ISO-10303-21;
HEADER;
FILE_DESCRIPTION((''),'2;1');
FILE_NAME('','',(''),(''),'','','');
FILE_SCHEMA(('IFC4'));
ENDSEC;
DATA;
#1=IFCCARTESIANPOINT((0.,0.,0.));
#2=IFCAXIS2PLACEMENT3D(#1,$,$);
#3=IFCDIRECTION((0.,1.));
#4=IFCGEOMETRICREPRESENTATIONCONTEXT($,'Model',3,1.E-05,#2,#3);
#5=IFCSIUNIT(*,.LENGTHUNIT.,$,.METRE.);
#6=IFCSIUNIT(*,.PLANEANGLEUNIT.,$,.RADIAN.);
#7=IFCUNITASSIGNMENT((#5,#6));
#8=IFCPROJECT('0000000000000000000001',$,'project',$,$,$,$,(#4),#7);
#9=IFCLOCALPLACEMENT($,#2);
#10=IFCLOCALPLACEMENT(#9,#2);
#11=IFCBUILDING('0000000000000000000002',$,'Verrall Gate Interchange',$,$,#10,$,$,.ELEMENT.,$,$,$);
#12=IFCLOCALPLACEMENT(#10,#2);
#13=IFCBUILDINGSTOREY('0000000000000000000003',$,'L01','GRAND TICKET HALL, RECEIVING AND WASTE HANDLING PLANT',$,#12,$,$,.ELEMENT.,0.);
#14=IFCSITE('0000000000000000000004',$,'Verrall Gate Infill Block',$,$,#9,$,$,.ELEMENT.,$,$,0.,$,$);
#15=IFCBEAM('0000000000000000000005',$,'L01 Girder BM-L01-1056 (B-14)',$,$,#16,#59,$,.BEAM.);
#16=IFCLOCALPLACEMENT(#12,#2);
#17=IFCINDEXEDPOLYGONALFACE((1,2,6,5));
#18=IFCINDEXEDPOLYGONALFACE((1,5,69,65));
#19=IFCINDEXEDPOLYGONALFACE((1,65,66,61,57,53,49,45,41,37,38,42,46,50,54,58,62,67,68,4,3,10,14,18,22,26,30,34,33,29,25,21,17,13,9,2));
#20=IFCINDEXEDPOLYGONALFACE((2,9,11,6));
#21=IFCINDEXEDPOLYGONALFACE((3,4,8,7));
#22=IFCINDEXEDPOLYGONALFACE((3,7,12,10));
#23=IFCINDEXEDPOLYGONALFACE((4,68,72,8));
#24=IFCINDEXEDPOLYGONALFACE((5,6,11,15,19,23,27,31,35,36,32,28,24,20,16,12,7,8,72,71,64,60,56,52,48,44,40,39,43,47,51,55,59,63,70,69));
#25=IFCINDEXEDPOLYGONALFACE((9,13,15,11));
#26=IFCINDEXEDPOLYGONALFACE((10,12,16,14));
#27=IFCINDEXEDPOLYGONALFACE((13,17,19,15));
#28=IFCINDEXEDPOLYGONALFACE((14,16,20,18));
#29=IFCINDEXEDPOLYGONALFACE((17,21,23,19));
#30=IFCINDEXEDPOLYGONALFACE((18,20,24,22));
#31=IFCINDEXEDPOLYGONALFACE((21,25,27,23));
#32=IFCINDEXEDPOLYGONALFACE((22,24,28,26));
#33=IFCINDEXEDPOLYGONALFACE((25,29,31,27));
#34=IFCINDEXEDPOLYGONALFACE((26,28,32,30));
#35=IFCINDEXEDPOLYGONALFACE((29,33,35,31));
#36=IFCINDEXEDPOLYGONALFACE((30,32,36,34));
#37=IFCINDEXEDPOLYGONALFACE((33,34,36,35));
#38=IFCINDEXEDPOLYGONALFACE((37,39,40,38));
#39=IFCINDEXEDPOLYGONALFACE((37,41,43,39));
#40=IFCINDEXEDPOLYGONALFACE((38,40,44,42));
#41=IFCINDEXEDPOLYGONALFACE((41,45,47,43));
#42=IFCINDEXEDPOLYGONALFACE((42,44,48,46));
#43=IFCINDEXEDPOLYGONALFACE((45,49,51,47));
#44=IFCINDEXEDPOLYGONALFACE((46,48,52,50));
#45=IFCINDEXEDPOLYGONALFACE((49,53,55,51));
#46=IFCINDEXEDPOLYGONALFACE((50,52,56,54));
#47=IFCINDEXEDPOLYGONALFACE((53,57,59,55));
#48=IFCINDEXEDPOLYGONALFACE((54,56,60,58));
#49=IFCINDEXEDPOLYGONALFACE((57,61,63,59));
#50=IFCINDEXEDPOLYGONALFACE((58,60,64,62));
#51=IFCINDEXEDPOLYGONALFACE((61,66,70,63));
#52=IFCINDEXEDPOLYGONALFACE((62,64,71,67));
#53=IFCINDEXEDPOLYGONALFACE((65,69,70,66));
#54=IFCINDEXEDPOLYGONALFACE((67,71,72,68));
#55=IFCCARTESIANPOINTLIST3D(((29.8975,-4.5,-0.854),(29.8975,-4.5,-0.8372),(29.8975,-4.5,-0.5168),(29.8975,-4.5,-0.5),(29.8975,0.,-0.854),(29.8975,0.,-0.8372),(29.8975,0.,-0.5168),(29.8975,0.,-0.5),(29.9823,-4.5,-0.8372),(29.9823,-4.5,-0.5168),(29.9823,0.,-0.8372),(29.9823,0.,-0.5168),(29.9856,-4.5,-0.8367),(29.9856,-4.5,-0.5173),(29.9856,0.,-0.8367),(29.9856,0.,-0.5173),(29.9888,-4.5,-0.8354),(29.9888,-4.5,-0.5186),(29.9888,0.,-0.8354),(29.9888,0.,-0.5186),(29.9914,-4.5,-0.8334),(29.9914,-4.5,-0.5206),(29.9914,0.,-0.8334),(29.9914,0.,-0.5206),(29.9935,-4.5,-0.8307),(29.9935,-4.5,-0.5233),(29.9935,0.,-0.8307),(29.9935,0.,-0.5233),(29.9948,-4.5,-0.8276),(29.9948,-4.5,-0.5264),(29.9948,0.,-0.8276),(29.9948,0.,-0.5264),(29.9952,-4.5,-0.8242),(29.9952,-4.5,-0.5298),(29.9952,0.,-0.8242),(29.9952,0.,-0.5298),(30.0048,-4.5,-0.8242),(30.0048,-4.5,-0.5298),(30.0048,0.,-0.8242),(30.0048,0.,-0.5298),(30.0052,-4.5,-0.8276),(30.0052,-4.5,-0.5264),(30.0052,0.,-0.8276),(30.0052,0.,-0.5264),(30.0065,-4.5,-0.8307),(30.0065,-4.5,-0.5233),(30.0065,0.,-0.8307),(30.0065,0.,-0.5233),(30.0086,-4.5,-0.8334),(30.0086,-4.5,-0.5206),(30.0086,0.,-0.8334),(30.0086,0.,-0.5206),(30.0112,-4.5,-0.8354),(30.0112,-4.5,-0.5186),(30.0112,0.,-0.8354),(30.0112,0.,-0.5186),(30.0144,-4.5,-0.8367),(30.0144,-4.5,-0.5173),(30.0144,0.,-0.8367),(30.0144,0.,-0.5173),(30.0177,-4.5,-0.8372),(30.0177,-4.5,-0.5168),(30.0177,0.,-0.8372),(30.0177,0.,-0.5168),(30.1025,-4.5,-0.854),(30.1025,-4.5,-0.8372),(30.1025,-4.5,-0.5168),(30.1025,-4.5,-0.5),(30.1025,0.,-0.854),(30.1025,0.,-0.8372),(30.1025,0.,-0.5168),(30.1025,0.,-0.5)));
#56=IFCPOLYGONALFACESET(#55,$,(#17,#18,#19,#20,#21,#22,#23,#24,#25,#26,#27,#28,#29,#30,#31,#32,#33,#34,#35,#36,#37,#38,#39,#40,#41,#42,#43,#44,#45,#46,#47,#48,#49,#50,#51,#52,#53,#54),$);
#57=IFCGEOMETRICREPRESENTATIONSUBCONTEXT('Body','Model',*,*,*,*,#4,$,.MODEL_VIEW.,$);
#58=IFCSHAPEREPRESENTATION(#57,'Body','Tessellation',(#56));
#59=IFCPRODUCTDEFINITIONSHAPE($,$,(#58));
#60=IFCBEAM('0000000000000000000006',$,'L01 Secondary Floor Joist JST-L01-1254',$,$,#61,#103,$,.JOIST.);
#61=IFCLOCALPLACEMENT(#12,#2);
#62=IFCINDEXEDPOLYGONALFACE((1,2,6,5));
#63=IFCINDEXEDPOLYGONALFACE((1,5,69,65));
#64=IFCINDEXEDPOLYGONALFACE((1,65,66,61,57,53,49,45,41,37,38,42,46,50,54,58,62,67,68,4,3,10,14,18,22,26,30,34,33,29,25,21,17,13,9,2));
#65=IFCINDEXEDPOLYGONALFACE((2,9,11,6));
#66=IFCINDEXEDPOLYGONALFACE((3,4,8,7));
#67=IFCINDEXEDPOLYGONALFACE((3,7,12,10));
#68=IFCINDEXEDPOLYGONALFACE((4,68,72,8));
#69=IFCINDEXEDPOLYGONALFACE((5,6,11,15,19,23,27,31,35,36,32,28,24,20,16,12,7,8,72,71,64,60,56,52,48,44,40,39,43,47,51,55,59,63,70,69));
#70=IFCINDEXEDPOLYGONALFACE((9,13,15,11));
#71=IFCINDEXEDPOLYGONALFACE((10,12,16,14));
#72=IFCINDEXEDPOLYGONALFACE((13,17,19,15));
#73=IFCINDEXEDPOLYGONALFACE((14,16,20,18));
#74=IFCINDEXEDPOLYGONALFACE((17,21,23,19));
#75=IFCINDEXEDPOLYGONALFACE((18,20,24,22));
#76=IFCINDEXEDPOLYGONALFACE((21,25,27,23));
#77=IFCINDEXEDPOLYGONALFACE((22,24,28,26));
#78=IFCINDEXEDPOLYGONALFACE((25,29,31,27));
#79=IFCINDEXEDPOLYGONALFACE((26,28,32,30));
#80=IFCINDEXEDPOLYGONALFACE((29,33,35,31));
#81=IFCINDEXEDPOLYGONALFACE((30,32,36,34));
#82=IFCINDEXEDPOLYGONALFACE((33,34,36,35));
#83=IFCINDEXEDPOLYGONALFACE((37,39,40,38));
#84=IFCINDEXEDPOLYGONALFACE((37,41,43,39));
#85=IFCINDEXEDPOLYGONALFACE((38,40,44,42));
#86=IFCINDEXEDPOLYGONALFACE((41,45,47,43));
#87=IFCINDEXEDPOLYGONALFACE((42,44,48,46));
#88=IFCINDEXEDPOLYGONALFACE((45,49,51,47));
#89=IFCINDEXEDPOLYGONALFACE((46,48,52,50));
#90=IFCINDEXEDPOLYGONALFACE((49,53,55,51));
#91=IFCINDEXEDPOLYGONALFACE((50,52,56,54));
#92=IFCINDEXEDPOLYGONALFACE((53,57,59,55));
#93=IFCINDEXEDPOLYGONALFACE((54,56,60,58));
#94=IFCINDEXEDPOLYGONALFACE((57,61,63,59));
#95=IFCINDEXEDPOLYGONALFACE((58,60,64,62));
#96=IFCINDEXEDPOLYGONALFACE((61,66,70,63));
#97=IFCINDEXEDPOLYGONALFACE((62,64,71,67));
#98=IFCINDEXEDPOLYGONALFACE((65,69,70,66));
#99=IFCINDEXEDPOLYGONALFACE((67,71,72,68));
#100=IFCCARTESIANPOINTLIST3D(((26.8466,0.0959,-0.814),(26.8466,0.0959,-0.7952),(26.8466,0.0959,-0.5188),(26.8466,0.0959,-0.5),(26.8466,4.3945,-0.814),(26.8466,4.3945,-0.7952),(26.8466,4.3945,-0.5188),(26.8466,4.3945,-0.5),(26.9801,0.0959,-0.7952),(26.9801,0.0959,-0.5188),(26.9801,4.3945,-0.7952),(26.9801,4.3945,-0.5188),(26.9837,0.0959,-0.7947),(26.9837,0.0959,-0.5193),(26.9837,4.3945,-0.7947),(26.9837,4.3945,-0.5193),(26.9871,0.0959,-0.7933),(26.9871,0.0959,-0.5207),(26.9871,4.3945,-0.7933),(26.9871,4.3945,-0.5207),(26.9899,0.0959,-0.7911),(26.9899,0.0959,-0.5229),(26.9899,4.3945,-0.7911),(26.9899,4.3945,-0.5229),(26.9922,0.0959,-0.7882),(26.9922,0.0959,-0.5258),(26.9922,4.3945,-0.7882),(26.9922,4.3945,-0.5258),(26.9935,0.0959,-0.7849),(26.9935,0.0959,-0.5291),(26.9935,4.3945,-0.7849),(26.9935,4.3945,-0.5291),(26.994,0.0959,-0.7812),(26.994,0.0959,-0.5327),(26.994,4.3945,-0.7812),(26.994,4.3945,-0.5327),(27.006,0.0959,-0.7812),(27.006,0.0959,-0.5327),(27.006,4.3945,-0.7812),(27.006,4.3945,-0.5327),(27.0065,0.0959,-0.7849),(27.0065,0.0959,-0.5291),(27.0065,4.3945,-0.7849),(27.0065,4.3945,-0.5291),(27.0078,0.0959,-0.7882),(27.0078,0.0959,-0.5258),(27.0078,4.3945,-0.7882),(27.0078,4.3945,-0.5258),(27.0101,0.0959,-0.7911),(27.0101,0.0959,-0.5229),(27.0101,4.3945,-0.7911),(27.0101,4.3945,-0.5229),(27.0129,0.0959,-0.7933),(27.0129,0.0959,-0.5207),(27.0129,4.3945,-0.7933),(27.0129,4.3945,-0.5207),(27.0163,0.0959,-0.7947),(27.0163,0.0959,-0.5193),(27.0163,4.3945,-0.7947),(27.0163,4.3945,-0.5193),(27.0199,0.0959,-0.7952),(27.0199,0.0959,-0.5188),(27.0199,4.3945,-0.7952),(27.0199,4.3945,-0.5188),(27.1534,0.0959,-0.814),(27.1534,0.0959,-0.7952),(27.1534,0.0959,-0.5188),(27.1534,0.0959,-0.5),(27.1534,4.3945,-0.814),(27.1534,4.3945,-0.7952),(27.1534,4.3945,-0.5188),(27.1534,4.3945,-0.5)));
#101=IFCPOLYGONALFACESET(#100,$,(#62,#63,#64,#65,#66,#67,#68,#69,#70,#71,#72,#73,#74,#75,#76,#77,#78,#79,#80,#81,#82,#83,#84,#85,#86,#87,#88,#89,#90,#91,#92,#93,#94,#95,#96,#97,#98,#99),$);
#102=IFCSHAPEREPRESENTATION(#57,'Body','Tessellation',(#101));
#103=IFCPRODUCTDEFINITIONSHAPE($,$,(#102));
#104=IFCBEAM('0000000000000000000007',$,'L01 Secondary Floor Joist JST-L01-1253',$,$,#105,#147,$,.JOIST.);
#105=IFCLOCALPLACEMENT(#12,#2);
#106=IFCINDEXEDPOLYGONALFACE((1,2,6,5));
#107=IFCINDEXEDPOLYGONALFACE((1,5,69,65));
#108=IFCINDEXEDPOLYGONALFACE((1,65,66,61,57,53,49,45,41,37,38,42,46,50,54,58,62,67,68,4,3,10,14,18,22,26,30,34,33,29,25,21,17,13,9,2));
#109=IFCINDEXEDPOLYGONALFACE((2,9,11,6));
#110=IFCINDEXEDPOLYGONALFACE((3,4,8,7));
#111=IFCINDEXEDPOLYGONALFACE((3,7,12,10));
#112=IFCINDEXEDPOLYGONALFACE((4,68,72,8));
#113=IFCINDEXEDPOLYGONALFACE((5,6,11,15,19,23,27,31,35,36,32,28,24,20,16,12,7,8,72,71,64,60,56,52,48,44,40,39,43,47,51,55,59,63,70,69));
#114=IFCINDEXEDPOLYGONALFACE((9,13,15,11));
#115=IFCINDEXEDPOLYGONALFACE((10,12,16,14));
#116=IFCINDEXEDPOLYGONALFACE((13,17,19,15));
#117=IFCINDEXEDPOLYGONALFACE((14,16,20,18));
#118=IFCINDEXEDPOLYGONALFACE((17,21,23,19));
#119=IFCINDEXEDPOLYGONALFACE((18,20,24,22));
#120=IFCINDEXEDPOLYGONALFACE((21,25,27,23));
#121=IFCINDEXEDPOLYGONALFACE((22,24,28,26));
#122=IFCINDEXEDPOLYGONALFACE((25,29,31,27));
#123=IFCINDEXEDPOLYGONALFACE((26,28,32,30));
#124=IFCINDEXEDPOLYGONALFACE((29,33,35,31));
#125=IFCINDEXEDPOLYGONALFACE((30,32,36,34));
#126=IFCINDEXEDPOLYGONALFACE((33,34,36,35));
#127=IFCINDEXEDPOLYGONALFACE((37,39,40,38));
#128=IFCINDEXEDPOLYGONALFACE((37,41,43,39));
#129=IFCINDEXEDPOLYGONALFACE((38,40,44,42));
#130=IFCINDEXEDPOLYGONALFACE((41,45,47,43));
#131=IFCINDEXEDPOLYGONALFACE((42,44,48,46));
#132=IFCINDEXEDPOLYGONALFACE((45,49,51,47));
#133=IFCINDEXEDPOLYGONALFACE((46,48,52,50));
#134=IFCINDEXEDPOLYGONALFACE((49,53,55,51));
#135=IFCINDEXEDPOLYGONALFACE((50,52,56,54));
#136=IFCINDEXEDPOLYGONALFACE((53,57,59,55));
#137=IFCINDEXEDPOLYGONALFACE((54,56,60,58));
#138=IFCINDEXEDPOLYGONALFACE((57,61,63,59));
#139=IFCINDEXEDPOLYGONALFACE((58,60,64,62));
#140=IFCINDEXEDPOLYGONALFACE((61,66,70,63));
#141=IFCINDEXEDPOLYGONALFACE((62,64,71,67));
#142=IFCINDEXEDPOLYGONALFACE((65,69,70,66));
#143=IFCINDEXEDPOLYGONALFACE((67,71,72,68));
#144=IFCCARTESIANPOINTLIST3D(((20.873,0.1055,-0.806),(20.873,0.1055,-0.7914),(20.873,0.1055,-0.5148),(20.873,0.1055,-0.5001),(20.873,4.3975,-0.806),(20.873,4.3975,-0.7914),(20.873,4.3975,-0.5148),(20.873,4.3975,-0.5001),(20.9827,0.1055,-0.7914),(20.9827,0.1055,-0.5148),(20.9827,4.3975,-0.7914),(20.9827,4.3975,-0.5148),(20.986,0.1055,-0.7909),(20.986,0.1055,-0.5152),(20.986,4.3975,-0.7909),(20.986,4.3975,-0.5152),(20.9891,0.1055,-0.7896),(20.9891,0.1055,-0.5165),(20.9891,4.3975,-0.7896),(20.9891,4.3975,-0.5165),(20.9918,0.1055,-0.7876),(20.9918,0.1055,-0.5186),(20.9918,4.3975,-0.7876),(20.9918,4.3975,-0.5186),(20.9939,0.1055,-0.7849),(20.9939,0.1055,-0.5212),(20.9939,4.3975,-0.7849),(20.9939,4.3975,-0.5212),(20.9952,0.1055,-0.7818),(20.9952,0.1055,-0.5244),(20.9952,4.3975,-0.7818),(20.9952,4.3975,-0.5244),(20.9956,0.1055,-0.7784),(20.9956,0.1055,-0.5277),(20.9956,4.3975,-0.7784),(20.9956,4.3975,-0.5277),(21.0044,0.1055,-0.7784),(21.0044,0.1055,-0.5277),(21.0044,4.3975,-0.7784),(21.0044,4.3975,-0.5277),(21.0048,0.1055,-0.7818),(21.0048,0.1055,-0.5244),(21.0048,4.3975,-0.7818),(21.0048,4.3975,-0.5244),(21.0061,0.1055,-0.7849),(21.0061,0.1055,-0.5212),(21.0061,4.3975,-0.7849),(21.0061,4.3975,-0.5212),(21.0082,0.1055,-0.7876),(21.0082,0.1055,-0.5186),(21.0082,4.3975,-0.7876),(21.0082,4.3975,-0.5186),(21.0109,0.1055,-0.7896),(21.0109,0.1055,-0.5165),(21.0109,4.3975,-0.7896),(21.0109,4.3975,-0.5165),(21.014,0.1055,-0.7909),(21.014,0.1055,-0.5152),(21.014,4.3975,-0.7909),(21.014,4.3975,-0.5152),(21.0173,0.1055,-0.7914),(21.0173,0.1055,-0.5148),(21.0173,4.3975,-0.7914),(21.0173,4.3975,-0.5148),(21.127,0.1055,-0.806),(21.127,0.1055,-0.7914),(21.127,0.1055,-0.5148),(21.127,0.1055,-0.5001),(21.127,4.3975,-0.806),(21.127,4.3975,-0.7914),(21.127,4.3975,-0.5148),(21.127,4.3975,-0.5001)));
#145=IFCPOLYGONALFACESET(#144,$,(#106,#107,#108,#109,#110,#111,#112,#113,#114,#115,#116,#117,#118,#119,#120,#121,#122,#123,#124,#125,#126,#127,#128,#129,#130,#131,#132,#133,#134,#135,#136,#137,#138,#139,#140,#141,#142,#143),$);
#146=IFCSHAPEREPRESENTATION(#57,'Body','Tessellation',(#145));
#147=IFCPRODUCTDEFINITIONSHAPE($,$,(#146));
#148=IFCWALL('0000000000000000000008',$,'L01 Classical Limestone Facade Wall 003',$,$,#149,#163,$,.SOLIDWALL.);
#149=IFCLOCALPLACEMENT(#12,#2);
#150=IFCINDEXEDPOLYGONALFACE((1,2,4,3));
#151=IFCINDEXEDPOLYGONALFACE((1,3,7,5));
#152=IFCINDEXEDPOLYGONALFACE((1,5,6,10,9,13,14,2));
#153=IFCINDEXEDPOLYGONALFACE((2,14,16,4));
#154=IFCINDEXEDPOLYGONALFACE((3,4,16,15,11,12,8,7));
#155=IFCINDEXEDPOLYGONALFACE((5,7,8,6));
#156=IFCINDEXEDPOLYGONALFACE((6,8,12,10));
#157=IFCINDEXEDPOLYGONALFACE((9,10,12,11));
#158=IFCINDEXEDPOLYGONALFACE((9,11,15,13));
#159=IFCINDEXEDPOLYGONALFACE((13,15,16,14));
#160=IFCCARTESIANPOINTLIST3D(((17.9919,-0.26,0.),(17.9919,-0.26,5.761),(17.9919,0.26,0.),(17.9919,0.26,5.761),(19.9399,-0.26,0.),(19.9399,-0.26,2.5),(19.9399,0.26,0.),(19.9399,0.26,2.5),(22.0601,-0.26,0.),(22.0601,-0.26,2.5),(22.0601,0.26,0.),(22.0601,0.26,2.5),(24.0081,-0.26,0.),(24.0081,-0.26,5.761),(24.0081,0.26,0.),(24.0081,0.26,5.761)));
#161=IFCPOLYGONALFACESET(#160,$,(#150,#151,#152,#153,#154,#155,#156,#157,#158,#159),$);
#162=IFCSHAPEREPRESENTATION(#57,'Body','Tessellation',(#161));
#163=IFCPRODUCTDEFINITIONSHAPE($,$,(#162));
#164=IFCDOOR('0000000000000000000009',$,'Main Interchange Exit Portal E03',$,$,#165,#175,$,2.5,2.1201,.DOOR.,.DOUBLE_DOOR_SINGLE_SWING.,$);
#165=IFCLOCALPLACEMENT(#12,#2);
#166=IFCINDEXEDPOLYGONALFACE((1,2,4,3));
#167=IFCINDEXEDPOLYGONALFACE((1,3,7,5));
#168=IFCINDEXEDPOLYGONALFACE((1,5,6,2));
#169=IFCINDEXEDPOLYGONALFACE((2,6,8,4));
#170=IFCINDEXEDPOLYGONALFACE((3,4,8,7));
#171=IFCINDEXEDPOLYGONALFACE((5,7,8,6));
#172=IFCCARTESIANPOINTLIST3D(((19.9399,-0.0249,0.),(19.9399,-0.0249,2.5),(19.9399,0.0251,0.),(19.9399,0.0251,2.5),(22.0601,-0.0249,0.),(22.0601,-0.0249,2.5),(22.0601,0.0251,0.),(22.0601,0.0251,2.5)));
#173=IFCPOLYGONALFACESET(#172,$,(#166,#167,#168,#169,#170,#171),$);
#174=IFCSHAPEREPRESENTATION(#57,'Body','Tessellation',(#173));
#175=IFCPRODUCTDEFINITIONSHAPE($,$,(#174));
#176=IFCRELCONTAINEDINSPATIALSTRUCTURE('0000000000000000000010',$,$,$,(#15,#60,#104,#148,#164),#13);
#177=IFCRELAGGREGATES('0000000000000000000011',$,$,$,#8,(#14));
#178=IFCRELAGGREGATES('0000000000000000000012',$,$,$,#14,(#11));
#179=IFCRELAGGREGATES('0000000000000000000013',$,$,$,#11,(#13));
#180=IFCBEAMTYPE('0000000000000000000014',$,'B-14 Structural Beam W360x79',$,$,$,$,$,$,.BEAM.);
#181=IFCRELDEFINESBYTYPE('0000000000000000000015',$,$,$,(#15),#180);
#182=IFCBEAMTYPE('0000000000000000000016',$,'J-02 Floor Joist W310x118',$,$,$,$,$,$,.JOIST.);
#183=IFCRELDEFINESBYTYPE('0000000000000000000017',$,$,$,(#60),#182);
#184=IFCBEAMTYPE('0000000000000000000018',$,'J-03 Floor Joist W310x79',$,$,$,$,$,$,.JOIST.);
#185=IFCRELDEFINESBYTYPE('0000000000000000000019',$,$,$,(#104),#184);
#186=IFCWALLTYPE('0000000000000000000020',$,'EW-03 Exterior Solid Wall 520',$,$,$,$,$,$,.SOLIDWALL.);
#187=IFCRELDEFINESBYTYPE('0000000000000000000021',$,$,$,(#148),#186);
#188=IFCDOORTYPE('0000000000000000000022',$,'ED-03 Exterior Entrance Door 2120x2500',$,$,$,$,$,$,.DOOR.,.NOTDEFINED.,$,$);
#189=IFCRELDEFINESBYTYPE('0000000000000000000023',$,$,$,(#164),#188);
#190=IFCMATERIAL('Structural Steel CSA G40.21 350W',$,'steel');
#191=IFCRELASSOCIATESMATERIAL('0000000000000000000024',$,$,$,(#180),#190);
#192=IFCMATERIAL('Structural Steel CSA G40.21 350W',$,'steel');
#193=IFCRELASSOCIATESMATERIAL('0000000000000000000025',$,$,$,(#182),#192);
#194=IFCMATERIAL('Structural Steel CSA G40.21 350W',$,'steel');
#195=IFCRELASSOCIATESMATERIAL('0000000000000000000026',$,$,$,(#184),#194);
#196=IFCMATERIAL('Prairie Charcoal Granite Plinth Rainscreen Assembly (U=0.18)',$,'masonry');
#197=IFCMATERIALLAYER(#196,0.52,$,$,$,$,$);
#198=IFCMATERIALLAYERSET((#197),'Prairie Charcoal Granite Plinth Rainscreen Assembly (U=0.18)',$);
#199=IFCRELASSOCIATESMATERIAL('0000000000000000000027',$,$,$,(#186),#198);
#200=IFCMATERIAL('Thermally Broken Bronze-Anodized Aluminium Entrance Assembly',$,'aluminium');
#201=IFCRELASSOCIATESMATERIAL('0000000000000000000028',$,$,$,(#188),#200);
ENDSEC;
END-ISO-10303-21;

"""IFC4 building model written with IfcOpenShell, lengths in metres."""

from ifc_helpers import new_model, si_unit, direction, frame, frame_2d, origin, origin_2d, place, context, subcontext, project, spatial, rectangle, i_section, extrude, material, layer, layer_set, material_profile, profile_set, type_object, element, fill, save


model = new_model("IFC4")

# Units and contexts
model_context = context("Model", 3, precision=1e-05, world=origin(), true_north=direction((0.0, 1.0)))
body_context = subcontext(model_context, "Body", "Model", "MODEL_VIEW")
ifc_project = project(units=[si_unit("LENGTHUNIT", "METRE"), si_unit("PLANEANGLEUNIT", "RADIAN")], contexts=[model_context])

# Site, building, storey
site_placement = place(None, origin())
site = spatial("IfcSite", under=ifc_project, at=site_placement, Name="Verrall Gate Infill Block", CompositionType="ELEMENT", RefElevation=0.0)
building_placement = place(site_placement, origin())
building = spatial("IfcBuilding", under=site, at=building_placement, Name="Verrall Gate Interchange", CompositionType="ELEMENT")
storey_placement = place(building_placement, origin())
storey = spatial("IfcBuildingStorey", under=building, at=storey_placement, Name="L01", Description="GRAND TICKET HALL, RECEIVING AND WASTE HANDLING PLANT", CompositionType="ELEMENT", Elevation=0.0)

# Beams
ifc_material_1 = material(Name="Structural Steel CSA G40.21 350W", Category="steel")
ifc_material_profile_1 = material_profile(ifc_material_1, i_section(OverallWidth=0.2051, OverallDepth=0.354, WebThickness=0.0095, FlangeThickness=0.0168, FilletRadius=0.0129, at=origin_2d()), Name="W360x79")
ifc_profile_set_1 = profile_set([ifc_material_profile_1], Name="Structural Steel CSA G40.21 350W")
beam_type_1 = type_object("IfcBeamType", Name="B-14 Structural Beam W360x79", PredefinedType="BEAM", material=ifc_profile_set_1)
beam_1_placement = place(storey_placement, frame((30.0, -4.5, -0.677), z_axis=(0.0, 1.0, 0.0), x_axis=(-1.0, 0.0, 0.0)))
element("IfcBeam", 1, at=beam_1_placement, inside=storey, type_object=beam_type_1, Name="L01 Girder BM-L01-1056 (B-14)", PredefinedType="BEAM", context=body_context, shape_type="SweptSolid", body=[
    extrude(i_section(OverallWidth=0.2051, OverallDepth=0.354, WebThickness=0.0095, FlangeThickness=0.0168, FilletRadius=0.0129, at=origin_2d()), origin(), (0.0, 0.0, 1.0), 4.5),
])
ifc_material_2 = material(Name="Structural Steel CSA G40.21 350W", Category="steel")
ifc_material_profile_2 = material_profile(ifc_material_2, i_section(OverallWidth=0.3069, OverallDepth=0.314, WebThickness=0.012, FlangeThickness=0.0188, FilletRadius=0.0139, at=origin_2d()), Name="W310x118")
ifc_profile_set_2 = profile_set([ifc_material_profile_2], Name="Structural Steel CSA G40.21 350W")
beam_type_2 = type_object("IfcBeamType", Name="J-02 Floor Joist W310x118", PredefinedType="JOIST", material=ifc_profile_set_2)
beam_2_placement = place(storey_placement, frame((27.0, 0.0959, -0.657), z_axis=(0.0, 1.0, 0.0), x_axis=(-1.0, 0.0, 0.0)))
element("IfcBeam", 2, at=beam_2_placement, inside=storey, type_object=beam_type_2, Name="L01 Secondary Floor Joist JST-L01-1254", PredefinedType="JOIST", context=body_context, shape_type="SweptSolid", body=[
    extrude(i_section(OverallWidth=0.3069, OverallDepth=0.314, WebThickness=0.012, FlangeThickness=0.0188, FilletRadius=0.0139, at=origin_2d()), origin(), (0.0, 0.0, 1.0), 4.2986),
])
ifc_material_3 = material(Name="Structural Steel CSA G40.21 350W", Category="steel")
ifc_material_profile_3 = material_profile(ifc_material_3, i_section(OverallWidth=0.2539, OverallDepth=0.3059, WebThickness=0.0088, FlangeThickness=0.0146, FilletRadius=0.0129, at=origin_2d()), Name="W310x79")
ifc_profile_set_3 = profile_set([ifc_material_profile_3], Name="Structural Steel CSA G40.21 350W")
beam_type_3 = type_object("IfcBeamType", Name="J-03 Floor Joist W310x79", PredefinedType="JOIST", material=ifc_profile_set_3)
beam_3_placement = place(storey_placement, frame((21.0, 0.1055, -0.6531), z_axis=(0.0, 1.0, 0.0), x_axis=(-1.0, 0.0, 0.0)))
element("IfcBeam", 3, at=beam_3_placement, inside=storey, type_object=beam_type_3, Name="L01 Secondary Floor Joist JST-L01-1253", PredefinedType="JOIST", context=body_context, shape_type="SweptSolid", body=[
    extrude(i_section(OverallWidth=0.2539, OverallDepth=0.3059, WebThickness=0.0088, FlangeThickness=0.0146, FilletRadius=0.0129, at=origin_2d()), origin(), (0.0, 0.0, 1.0), 4.292),
])

# Wall, opening, door
ifc_material_4 = material(Name="Prairie Charcoal Granite Plinth Rainscreen Assembly (U=0.18)", Category="masonry")
ifc_layer_1 = layer(ifc_material_4, 0.52)
ifc_layer_set_1 = layer_set([ifc_layer_1], Name="Prairie Charcoal Granite Plinth Rainscreen Assembly (U=0.18)")
wall_type = type_object("IfcWallType", Name="EW-03 Exterior Solid Wall 520", PredefinedType="SOLIDWALL", material=ifc_layer_set_1)
wall_1_placement = place(storey_placement, frame((24.0081, 0.0, 0.0), z_axis=(0.0, 0.0, 1.0), x_axis=(-1.0, 0.0, 0.0)))
wall_1 = element("IfcWall", 4, at=wall_1_placement, inside=storey, type_object=wall_type, Name="L01 Classical Limestone Facade Wall 003", PredefinedType="SOLIDWALL", context=body_context, shape_type="SweptSolid", body=[
    extrude(rectangle(XDim=6.0161, YDim=0.52, at=frame_2d((3.0081, 0.0))), origin(), (0.0, 0.0, 1.0), 5.761),
])
opening_1_placement = place(wall_1_placement, frame((1.948, 0.0, 0.0)))
opening_1 = element("IfcOpeningElement", 5, at=opening_1_placement, cuts=wall_1, PredefinedType="OPENING", context=body_context, shape_type="SweptSolid", body=[
    extrude(rectangle(XDim=2.1201, YDim=2.5, at=frame_2d((1.0601, 1.25))), frame((0.0, 0.2749, 0.0), z_axis=(0.0, -1.0, 0.0), x_axis=(1.0, 0.0, 0.0)), (0.0, 0.0, 1.0), 0.5498),
])
ifc_material_5 = material(Name="Thermally Broken Bronze-Anodized Aluminium Entrance Assembly", Category="aluminium")
door_type_1 = type_object("IfcDoorType", Name="ED-03 Exterior Entrance Door 2120x2500", OperationType="NOTDEFINED", PredefinedType="DOOR", material=ifc_material_5)
door_1_placement = place(opening_1_placement, origin())
door_1 = element("IfcDoor", 6, at=door_1_placement, inside=storey, type_object=door_type_1, Name="Main Interchange Exit Portal E03", OperationType="DOUBLE_DOOR_SINGLE_SWING", OverallHeight=2.5, OverallWidth=2.1201, PredefinedType="DOOR", context=body_context, shape_type="SweptSolid", body=[
    extrude(rectangle(XDim=2.1201, YDim=2.5, at=frame_2d((1.0601, 1.25))), frame((0.0, 0.0249, 0.0), z_axis=(0.0, -1.0, 0.0), x_axis=(1.0, 0.0, 0.0)), (0.0, 0.0, 1.0), 0.05),
])
fill(opening_1, door_1)

save(model, "model.ifc")
